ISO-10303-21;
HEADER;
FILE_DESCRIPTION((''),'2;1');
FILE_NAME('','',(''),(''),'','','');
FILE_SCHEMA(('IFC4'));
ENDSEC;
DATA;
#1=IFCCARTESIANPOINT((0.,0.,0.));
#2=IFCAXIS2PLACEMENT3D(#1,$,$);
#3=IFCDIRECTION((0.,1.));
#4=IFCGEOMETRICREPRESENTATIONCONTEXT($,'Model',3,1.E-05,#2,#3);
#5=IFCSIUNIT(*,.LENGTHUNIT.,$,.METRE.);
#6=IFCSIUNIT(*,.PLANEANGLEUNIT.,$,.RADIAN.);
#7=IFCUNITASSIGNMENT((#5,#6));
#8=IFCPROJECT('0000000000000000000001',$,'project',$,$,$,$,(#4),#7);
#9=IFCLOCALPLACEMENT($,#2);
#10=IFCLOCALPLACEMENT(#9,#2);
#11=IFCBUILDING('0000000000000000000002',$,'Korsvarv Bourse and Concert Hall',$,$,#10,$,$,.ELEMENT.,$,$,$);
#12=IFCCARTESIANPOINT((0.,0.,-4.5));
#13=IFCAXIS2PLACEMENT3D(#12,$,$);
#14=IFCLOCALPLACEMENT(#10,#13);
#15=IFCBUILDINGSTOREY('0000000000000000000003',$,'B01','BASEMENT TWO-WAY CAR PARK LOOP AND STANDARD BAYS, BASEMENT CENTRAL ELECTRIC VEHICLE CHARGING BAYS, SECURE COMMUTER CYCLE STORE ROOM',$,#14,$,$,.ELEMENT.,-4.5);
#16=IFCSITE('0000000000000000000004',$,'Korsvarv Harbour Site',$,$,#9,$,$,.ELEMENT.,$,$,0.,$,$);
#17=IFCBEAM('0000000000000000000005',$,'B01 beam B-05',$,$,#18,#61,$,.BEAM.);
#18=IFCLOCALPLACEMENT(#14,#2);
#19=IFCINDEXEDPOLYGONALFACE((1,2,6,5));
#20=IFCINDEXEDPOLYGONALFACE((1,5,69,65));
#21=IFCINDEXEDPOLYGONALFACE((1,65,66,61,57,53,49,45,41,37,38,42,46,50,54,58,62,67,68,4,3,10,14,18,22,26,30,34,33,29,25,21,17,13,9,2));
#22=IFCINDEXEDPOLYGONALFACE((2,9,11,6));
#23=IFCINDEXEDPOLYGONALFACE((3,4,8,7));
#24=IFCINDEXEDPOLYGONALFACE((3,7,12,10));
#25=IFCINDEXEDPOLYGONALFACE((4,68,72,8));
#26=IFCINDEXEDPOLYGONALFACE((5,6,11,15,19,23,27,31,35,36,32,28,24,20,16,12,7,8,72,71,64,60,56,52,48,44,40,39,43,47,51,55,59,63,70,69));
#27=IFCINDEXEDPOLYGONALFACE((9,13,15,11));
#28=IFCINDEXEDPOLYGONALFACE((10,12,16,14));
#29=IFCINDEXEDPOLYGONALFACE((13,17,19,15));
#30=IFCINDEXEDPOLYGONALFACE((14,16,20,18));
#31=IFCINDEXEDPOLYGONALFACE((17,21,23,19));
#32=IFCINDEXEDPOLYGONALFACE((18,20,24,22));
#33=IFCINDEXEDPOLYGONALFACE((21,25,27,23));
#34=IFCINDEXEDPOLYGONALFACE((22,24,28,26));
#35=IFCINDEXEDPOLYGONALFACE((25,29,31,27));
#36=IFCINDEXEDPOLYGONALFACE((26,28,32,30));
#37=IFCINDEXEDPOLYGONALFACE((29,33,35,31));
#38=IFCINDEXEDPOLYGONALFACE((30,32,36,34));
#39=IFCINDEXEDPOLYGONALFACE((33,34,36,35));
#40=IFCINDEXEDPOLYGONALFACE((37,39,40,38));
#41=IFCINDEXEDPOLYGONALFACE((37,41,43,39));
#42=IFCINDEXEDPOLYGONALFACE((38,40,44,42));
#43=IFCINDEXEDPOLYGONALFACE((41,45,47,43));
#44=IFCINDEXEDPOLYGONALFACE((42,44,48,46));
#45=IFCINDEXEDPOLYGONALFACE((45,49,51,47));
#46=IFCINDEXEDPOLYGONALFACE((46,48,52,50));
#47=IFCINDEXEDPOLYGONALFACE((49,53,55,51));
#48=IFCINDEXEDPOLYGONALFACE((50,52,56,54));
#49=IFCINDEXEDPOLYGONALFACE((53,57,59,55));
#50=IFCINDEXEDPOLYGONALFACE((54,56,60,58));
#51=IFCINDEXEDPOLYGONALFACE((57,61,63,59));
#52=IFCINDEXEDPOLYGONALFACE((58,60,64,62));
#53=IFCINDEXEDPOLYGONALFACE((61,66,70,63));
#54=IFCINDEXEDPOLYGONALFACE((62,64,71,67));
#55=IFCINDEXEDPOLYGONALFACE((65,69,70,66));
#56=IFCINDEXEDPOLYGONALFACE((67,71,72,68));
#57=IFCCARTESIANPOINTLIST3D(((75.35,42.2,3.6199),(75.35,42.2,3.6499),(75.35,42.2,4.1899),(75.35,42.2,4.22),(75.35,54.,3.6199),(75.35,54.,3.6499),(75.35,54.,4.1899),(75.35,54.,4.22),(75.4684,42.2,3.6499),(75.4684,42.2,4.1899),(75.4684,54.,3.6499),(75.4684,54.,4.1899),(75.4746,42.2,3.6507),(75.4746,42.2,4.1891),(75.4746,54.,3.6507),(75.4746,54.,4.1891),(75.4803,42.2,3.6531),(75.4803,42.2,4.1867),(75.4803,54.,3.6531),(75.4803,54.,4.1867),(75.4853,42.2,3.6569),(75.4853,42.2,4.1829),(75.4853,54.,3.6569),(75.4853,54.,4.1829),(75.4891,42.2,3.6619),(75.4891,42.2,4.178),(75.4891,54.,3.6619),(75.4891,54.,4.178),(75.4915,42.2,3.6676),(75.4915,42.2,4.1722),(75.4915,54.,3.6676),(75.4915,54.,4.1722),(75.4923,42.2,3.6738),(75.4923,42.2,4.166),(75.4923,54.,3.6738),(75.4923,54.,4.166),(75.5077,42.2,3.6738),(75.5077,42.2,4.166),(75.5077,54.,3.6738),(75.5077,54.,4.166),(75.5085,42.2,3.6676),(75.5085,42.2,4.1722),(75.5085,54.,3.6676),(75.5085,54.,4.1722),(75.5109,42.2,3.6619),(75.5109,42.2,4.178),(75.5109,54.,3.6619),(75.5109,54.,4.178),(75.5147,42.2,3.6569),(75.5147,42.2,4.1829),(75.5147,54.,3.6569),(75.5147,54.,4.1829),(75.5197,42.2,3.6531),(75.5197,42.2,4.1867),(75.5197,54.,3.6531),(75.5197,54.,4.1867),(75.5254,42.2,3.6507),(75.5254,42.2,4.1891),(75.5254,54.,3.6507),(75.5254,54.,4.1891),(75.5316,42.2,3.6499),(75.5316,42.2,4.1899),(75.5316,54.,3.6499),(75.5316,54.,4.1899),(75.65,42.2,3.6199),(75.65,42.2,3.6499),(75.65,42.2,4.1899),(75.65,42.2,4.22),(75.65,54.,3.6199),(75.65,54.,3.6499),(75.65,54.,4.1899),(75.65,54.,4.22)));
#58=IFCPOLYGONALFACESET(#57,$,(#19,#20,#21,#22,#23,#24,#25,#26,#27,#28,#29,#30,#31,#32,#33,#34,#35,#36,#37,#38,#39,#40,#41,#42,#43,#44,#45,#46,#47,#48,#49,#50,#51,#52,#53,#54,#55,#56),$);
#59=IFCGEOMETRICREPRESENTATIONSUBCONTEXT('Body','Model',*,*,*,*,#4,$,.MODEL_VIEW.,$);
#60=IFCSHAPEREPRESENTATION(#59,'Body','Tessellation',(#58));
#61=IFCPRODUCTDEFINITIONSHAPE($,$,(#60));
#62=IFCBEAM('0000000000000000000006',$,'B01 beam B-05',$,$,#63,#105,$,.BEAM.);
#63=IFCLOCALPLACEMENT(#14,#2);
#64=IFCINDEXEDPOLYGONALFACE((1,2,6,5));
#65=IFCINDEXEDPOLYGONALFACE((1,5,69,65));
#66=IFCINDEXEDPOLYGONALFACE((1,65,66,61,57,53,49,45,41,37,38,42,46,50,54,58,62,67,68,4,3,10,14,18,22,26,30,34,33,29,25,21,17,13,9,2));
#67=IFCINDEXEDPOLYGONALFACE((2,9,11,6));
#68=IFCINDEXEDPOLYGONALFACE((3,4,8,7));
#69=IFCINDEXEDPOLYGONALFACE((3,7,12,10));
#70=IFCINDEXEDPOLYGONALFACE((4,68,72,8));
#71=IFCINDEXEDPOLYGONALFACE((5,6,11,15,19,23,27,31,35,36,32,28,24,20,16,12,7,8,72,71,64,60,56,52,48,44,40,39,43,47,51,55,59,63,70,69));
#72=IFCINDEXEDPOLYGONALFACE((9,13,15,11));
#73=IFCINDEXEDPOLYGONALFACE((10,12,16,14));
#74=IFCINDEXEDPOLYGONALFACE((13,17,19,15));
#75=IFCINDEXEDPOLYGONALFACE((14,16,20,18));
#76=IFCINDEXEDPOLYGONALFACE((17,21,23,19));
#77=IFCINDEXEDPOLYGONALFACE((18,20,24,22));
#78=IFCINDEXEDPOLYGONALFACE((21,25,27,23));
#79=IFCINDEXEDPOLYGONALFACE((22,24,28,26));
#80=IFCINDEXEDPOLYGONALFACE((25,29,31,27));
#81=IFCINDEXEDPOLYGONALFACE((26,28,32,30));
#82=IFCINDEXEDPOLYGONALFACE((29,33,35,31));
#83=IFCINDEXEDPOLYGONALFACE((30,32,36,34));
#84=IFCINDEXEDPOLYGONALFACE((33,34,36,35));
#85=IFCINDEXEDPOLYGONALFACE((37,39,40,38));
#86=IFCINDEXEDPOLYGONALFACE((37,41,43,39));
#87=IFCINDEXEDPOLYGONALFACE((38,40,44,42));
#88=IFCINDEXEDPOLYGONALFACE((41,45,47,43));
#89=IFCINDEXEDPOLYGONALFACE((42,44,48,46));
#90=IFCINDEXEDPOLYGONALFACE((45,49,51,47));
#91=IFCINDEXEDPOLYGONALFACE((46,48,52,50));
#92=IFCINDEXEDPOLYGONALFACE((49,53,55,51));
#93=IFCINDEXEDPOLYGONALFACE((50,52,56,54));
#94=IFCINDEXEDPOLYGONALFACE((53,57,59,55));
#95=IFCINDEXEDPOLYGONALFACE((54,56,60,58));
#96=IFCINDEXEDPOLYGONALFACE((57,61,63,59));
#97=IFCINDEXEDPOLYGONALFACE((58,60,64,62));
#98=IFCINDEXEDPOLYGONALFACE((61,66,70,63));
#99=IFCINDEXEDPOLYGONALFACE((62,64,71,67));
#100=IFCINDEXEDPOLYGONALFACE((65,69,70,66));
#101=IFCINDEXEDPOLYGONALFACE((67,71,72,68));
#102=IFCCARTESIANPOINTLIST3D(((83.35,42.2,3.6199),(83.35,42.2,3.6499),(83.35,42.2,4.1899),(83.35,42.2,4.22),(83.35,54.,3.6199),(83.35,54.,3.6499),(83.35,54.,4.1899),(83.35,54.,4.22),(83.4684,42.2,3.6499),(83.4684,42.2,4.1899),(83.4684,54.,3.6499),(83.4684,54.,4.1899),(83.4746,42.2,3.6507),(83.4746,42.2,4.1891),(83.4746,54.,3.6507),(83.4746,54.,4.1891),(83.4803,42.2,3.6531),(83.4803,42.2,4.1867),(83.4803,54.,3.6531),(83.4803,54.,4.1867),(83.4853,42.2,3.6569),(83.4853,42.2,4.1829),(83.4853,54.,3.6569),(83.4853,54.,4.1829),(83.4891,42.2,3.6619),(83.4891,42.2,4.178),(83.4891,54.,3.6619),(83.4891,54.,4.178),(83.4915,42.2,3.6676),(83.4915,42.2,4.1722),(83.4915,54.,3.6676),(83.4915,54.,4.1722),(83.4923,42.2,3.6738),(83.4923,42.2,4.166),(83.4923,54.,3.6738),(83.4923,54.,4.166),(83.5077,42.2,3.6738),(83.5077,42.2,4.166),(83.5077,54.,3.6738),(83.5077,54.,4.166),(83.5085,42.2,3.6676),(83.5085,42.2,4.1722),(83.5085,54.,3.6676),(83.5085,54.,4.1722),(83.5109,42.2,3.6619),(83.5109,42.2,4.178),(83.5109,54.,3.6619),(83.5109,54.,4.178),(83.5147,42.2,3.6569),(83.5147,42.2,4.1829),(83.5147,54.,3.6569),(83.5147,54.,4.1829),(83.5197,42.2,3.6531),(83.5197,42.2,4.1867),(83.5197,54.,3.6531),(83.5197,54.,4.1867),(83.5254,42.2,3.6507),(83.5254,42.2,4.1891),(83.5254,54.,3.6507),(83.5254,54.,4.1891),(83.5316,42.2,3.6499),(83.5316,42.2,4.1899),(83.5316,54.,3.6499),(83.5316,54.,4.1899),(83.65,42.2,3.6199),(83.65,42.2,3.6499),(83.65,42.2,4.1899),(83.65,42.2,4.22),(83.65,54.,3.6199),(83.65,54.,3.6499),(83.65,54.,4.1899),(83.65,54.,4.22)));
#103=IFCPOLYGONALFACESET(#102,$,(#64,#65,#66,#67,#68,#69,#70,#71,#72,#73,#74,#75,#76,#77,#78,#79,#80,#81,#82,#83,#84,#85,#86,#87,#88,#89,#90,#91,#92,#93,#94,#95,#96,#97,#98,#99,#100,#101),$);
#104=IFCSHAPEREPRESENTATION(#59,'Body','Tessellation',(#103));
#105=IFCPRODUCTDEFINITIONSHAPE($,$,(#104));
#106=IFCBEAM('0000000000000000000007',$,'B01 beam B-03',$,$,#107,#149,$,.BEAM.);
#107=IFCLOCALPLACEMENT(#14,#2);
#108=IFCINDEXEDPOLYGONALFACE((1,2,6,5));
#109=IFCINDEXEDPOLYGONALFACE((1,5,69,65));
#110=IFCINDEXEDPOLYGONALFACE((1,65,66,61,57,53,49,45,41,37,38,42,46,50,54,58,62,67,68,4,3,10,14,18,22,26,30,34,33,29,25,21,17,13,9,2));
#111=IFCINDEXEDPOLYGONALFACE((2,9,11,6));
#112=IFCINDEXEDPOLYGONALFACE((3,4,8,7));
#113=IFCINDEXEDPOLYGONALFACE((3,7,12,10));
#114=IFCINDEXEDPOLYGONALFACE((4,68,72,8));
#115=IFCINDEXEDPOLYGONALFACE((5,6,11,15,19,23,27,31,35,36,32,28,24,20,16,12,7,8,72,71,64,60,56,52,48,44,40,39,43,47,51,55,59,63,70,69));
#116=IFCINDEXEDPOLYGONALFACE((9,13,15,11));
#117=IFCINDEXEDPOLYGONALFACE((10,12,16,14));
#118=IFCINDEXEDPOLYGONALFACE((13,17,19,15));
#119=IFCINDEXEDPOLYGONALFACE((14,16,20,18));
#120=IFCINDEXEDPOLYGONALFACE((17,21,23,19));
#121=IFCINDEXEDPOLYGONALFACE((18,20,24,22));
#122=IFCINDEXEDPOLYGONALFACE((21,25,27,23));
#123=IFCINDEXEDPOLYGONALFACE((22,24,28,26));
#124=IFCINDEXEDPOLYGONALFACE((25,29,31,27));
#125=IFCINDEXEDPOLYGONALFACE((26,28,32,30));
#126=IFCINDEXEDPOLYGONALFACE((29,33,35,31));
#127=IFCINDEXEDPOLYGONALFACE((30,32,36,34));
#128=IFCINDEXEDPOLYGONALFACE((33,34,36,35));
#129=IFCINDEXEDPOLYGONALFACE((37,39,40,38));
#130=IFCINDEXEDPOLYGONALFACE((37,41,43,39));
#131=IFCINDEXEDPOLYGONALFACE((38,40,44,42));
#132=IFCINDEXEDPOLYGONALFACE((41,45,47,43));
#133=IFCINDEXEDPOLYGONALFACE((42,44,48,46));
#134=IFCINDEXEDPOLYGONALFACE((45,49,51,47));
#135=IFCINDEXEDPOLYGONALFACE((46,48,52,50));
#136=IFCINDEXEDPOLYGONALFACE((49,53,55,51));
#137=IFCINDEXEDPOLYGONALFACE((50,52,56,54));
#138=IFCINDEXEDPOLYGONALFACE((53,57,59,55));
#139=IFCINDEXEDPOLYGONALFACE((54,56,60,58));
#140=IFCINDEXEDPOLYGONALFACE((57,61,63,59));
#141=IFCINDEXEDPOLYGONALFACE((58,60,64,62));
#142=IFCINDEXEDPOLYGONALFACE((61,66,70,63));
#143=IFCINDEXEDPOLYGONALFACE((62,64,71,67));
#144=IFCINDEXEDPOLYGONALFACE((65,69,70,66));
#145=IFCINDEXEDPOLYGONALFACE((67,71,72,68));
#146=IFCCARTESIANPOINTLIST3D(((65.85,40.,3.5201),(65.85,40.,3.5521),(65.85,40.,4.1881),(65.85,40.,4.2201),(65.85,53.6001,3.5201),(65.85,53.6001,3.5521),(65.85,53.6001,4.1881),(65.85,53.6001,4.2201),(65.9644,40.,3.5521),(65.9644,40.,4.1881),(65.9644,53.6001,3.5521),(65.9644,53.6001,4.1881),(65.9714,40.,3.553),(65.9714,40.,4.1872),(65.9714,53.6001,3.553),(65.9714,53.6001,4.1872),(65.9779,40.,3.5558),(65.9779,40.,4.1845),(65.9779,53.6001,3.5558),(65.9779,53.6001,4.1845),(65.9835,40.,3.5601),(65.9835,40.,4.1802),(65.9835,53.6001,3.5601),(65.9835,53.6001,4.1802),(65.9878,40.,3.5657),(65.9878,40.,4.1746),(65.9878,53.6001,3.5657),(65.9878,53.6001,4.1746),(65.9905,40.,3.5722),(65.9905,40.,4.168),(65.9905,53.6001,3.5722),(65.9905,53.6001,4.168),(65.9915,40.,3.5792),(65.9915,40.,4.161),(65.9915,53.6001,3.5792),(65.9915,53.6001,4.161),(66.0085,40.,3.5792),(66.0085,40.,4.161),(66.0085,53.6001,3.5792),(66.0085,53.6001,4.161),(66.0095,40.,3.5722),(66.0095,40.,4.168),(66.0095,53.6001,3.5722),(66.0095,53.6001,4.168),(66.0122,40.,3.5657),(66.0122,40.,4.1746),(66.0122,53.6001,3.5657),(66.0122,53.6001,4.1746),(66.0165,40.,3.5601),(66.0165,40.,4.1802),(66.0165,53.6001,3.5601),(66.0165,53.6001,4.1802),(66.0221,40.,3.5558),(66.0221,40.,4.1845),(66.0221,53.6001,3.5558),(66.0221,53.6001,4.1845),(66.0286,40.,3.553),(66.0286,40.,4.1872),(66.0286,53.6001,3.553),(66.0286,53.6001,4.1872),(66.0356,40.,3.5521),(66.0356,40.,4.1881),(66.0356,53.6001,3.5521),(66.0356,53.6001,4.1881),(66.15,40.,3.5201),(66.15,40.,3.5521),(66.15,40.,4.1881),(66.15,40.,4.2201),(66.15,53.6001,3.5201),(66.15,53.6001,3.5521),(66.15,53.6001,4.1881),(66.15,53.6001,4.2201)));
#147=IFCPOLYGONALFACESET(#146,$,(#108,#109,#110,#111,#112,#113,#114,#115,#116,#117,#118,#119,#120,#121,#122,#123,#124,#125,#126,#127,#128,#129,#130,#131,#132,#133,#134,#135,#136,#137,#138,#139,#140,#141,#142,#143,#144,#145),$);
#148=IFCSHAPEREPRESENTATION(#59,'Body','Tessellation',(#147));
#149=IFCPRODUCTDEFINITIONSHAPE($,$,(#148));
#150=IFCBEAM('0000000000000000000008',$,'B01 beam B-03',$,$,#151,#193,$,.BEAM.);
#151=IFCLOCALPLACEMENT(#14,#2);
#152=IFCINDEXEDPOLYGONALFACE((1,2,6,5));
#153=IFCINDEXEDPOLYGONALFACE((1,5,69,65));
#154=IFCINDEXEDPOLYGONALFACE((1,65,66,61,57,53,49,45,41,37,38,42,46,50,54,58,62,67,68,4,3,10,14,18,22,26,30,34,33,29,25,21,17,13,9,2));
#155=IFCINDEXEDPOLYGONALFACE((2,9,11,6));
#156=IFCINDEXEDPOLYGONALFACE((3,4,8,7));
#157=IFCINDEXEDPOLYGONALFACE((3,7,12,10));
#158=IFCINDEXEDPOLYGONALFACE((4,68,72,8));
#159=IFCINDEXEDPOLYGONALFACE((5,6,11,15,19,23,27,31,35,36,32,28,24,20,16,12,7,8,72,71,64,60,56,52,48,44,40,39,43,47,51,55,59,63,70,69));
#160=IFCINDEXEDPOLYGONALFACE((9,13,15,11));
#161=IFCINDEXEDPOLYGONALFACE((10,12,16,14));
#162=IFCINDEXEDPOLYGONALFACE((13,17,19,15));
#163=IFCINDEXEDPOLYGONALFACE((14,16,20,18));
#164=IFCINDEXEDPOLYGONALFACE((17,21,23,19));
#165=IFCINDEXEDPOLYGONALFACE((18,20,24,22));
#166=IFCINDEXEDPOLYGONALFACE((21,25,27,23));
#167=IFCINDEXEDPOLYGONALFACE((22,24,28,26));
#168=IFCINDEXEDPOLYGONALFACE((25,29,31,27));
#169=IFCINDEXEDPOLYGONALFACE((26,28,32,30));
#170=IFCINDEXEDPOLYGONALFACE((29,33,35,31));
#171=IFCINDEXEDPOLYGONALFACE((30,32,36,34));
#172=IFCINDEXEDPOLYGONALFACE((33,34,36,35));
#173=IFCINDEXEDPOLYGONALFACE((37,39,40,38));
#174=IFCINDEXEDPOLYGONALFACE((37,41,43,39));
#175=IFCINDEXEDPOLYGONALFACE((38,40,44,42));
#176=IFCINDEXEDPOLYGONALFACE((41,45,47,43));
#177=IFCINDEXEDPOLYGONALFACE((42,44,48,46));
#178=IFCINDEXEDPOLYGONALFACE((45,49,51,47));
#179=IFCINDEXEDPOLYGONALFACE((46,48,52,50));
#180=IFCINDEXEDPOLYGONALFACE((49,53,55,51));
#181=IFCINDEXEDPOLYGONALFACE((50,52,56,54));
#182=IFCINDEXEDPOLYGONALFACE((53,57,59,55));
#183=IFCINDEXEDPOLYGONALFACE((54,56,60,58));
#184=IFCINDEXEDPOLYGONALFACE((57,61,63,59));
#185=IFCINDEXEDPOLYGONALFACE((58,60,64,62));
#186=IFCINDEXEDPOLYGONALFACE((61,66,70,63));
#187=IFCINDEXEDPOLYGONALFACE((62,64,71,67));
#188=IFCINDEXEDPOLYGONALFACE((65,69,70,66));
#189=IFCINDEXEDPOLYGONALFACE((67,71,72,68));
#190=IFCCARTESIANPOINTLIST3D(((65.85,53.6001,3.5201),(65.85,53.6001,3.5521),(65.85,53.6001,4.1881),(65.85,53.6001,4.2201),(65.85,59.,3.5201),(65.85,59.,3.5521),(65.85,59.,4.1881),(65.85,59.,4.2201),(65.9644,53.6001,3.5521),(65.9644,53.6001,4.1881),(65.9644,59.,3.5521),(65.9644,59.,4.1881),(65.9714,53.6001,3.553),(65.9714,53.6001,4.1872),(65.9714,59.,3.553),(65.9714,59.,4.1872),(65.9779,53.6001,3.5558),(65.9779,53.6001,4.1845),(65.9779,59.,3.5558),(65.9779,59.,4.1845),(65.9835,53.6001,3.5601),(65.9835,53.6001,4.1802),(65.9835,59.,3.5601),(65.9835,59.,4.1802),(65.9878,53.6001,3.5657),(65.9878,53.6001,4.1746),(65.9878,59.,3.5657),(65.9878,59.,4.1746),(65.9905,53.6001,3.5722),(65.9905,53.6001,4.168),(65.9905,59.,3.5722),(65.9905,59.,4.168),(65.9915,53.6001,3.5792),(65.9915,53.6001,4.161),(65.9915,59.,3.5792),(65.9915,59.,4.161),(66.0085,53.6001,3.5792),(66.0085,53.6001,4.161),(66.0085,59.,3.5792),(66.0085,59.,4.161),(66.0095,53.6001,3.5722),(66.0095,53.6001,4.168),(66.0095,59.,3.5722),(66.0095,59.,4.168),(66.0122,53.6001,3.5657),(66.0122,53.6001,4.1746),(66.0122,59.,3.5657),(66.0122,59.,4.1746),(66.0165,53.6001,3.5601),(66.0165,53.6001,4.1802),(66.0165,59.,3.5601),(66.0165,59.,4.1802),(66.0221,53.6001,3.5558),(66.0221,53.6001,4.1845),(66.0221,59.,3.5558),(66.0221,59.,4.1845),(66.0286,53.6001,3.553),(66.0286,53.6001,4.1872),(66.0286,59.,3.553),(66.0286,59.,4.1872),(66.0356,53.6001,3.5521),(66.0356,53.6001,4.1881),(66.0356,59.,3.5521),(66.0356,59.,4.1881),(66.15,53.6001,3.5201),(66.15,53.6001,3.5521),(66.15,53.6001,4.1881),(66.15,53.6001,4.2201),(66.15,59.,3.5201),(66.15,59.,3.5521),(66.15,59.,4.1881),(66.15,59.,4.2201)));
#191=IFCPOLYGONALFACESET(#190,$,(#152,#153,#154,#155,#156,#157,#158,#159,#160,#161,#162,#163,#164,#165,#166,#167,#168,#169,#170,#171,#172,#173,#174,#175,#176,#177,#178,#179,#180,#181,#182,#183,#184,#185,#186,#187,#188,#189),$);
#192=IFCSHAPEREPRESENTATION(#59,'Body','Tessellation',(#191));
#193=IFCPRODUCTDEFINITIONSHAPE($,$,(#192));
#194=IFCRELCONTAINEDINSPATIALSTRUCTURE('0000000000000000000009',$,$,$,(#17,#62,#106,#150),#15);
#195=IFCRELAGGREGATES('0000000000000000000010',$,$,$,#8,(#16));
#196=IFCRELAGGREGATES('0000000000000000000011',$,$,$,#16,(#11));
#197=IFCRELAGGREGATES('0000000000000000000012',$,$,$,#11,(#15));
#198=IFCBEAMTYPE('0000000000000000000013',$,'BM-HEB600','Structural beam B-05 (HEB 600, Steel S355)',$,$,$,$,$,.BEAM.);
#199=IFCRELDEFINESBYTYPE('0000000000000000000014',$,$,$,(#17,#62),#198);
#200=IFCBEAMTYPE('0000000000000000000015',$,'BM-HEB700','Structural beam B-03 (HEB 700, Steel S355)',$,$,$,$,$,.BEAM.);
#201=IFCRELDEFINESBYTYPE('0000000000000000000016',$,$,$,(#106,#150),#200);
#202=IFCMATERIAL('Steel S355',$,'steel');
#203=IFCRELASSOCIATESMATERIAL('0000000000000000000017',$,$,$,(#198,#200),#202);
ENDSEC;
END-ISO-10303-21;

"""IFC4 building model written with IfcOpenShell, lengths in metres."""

from ifc_helpers import new_model, si_unit, direction, frame, origin, origin_2d, place, context, subcontext, project, spatial, i_section, extrude, source, transform, mapped, material, material_profile, profile_set, type_object, element, save


model = new_model("IFC4")

# Units and contexts
model_context = context("Model", 3, precision=1e-05, world=origin(), true_north=direction((0.0, 1.0)))
body_context = subcontext(model_context, "Body", "Model", "MODEL_VIEW")
ifc_project = project(units=[si_unit("LENGTHUNIT", "METRE"), si_unit("PLANEANGLEUNIT", "RADIAN")], contexts=[model_context])

# Site, building, storey
site_placement = place(None, origin())
site = spatial("IfcSite", under=ifc_project, at=site_placement, Name="Korsvarv Harbour Site", CompositionType="ELEMENT", RefElevation=0.0)
building_placement = place(site_placement, origin())
building = spatial("IfcBuilding", under=site, at=building_placement, Name="Korsvarv Bourse and Concert Hall", CompositionType="ELEMENT")
storey_placement = place(building_placement, frame((0.0, 0.0, -4.5)))
storey = spatial("IfcBuildingStorey", under=building, at=storey_placement, Name="B01", Description="BASEMENT TWO-WAY CAR PARK LOOP AND STANDARD BAYS, BASEMENT CENTRAL ELECTRIC VEHICLE CHARGING BAYS, SECURE COMMUTER CYCLE STORE ROOM", CompositionType="ELEMENT", Elevation=-4.5)

# Beams
ifc_material_1 = material(Name="Steel S355", Category="steel")
ifc_material_profile_1 = material_profile(ifc_material_1, i_section(OverallWidth=0.3, OverallDepth=0.6001, WebThickness=0.0154, FlangeThickness=0.03, FilletRadius=0.0239, at=origin_2d()), Name="HEB 600")
ifc_profile_set_1 = profile_set([ifc_material_profile_1], Name="Steel S355")
beam_type_1 = type_object("IfcBeamType", Name="BM-HEB600", Description="Structural beam B-05 (HEB 600, Steel S355)", PredefinedType="BEAM", material=ifc_profile_set_1)
shared_shape_1 = source(origin(), body_context, "Body", "SweptSolid", [
    extrude(i_section(OverallWidth=0.3, OverallDepth=0.6001, WebThickness=0.0154, FlangeThickness=0.03, FilletRadius=0.0239, at=origin_2d()), origin(), (0.0, 0.0, 1.0), 11.8),
])
for number, where, z_axis, x_axis, name in (
    (1, (75.5, 42.2, 3.9199), (0.0, 1.0, 0.0), (-1.0, 0.0, 0.0), "B01 beam B-05"),
    (2, (83.5, 42.2, 3.9199), (0.0, 1.0, 0.0), (-1.0, 0.0, 0.0), "B01 beam B-05"),
):
    element("IfcBeam", number, at=place(storey_placement, frame(where, z_axis=z_axis, x_axis=x_axis)), inside=storey, type_object=beam_type_1, Name=name, PredefinedType="BEAM", context=body_context, shape_type="MappedRepresentation", body=[
        mapped(shared_shape_1, transform((0.0, 0.0, 0.0), scale=1.0)),
    ])
ifc_material_profile_2 = material_profile(ifc_material_1, i_section(OverallWidth=0.3, OverallDepth=0.7, WebThickness=0.0171, FlangeThickness=0.032, FilletRadius=0.0271, at=origin_2d()), Name="HEB 700")
ifc_profile_set_2 = profile_set([ifc_material_profile_2], Name="Steel S355")
beam_type_2 = type_object("IfcBeamType", Name="BM-HEB700", Description="Structural beam B-03 (HEB 700, Steel S355)", PredefinedType="BEAM", material=ifc_profile_set_2)
shared_shape_2 = source(origin(), body_context, "Body", "SweptSolid", [
    extrude(i_section(OverallWidth=0.3, OverallDepth=0.7, WebThickness=0.0171, FlangeThickness=0.032, FilletRadius=0.0271, at=origin_2d()), origin(), (0.0, 0.0, 1.0), 13.6001),
])
beam_1_placement = place(storey_placement, frame((66.0, 40.0, 3.8701), z_axis=(0.0, 1.0, 0.0), x_axis=(-1.0, 0.0, 0.0)))
element("IfcBeam", 3, at=beam_1_placement, inside=storey, type_object=beam_type_2, Name="B01 beam B-03", PredefinedType="BEAM", context=body_context, shape_type="MappedRepresentation", body=[
    mapped(shared_shape_2, transform((0.0, 0.0, 0.0), scale=1.0)),
])
shared_shape_3 = source(origin(), body_context, "Body", "SweptSolid", [
    extrude(i_section(OverallWidth=0.3, OverallDepth=0.7, WebThickness=0.0171, FlangeThickness=0.032, FilletRadius=0.0271, at=origin_2d()), origin(), (0.0, 0.0, 1.0), 5.3999),
])
beam_2_placement = place(storey_placement, frame((66.0, 53.6001, 3.8701), z_axis=(0.0, 1.0, 0.0), x_axis=(-1.0, 0.0, 0.0)))
element("IfcBeam", 4, at=beam_2_placement, inside=storey, type_object=beam_type_2, Name="B01 beam B-03", PredefinedType="BEAM", context=body_context, shape_type="MappedRepresentation", body=[
    mapped(shared_shape_3, transform((0.0, 0.0, 0.0), scale=1.0)),
])

save(model, "model.ifc")
